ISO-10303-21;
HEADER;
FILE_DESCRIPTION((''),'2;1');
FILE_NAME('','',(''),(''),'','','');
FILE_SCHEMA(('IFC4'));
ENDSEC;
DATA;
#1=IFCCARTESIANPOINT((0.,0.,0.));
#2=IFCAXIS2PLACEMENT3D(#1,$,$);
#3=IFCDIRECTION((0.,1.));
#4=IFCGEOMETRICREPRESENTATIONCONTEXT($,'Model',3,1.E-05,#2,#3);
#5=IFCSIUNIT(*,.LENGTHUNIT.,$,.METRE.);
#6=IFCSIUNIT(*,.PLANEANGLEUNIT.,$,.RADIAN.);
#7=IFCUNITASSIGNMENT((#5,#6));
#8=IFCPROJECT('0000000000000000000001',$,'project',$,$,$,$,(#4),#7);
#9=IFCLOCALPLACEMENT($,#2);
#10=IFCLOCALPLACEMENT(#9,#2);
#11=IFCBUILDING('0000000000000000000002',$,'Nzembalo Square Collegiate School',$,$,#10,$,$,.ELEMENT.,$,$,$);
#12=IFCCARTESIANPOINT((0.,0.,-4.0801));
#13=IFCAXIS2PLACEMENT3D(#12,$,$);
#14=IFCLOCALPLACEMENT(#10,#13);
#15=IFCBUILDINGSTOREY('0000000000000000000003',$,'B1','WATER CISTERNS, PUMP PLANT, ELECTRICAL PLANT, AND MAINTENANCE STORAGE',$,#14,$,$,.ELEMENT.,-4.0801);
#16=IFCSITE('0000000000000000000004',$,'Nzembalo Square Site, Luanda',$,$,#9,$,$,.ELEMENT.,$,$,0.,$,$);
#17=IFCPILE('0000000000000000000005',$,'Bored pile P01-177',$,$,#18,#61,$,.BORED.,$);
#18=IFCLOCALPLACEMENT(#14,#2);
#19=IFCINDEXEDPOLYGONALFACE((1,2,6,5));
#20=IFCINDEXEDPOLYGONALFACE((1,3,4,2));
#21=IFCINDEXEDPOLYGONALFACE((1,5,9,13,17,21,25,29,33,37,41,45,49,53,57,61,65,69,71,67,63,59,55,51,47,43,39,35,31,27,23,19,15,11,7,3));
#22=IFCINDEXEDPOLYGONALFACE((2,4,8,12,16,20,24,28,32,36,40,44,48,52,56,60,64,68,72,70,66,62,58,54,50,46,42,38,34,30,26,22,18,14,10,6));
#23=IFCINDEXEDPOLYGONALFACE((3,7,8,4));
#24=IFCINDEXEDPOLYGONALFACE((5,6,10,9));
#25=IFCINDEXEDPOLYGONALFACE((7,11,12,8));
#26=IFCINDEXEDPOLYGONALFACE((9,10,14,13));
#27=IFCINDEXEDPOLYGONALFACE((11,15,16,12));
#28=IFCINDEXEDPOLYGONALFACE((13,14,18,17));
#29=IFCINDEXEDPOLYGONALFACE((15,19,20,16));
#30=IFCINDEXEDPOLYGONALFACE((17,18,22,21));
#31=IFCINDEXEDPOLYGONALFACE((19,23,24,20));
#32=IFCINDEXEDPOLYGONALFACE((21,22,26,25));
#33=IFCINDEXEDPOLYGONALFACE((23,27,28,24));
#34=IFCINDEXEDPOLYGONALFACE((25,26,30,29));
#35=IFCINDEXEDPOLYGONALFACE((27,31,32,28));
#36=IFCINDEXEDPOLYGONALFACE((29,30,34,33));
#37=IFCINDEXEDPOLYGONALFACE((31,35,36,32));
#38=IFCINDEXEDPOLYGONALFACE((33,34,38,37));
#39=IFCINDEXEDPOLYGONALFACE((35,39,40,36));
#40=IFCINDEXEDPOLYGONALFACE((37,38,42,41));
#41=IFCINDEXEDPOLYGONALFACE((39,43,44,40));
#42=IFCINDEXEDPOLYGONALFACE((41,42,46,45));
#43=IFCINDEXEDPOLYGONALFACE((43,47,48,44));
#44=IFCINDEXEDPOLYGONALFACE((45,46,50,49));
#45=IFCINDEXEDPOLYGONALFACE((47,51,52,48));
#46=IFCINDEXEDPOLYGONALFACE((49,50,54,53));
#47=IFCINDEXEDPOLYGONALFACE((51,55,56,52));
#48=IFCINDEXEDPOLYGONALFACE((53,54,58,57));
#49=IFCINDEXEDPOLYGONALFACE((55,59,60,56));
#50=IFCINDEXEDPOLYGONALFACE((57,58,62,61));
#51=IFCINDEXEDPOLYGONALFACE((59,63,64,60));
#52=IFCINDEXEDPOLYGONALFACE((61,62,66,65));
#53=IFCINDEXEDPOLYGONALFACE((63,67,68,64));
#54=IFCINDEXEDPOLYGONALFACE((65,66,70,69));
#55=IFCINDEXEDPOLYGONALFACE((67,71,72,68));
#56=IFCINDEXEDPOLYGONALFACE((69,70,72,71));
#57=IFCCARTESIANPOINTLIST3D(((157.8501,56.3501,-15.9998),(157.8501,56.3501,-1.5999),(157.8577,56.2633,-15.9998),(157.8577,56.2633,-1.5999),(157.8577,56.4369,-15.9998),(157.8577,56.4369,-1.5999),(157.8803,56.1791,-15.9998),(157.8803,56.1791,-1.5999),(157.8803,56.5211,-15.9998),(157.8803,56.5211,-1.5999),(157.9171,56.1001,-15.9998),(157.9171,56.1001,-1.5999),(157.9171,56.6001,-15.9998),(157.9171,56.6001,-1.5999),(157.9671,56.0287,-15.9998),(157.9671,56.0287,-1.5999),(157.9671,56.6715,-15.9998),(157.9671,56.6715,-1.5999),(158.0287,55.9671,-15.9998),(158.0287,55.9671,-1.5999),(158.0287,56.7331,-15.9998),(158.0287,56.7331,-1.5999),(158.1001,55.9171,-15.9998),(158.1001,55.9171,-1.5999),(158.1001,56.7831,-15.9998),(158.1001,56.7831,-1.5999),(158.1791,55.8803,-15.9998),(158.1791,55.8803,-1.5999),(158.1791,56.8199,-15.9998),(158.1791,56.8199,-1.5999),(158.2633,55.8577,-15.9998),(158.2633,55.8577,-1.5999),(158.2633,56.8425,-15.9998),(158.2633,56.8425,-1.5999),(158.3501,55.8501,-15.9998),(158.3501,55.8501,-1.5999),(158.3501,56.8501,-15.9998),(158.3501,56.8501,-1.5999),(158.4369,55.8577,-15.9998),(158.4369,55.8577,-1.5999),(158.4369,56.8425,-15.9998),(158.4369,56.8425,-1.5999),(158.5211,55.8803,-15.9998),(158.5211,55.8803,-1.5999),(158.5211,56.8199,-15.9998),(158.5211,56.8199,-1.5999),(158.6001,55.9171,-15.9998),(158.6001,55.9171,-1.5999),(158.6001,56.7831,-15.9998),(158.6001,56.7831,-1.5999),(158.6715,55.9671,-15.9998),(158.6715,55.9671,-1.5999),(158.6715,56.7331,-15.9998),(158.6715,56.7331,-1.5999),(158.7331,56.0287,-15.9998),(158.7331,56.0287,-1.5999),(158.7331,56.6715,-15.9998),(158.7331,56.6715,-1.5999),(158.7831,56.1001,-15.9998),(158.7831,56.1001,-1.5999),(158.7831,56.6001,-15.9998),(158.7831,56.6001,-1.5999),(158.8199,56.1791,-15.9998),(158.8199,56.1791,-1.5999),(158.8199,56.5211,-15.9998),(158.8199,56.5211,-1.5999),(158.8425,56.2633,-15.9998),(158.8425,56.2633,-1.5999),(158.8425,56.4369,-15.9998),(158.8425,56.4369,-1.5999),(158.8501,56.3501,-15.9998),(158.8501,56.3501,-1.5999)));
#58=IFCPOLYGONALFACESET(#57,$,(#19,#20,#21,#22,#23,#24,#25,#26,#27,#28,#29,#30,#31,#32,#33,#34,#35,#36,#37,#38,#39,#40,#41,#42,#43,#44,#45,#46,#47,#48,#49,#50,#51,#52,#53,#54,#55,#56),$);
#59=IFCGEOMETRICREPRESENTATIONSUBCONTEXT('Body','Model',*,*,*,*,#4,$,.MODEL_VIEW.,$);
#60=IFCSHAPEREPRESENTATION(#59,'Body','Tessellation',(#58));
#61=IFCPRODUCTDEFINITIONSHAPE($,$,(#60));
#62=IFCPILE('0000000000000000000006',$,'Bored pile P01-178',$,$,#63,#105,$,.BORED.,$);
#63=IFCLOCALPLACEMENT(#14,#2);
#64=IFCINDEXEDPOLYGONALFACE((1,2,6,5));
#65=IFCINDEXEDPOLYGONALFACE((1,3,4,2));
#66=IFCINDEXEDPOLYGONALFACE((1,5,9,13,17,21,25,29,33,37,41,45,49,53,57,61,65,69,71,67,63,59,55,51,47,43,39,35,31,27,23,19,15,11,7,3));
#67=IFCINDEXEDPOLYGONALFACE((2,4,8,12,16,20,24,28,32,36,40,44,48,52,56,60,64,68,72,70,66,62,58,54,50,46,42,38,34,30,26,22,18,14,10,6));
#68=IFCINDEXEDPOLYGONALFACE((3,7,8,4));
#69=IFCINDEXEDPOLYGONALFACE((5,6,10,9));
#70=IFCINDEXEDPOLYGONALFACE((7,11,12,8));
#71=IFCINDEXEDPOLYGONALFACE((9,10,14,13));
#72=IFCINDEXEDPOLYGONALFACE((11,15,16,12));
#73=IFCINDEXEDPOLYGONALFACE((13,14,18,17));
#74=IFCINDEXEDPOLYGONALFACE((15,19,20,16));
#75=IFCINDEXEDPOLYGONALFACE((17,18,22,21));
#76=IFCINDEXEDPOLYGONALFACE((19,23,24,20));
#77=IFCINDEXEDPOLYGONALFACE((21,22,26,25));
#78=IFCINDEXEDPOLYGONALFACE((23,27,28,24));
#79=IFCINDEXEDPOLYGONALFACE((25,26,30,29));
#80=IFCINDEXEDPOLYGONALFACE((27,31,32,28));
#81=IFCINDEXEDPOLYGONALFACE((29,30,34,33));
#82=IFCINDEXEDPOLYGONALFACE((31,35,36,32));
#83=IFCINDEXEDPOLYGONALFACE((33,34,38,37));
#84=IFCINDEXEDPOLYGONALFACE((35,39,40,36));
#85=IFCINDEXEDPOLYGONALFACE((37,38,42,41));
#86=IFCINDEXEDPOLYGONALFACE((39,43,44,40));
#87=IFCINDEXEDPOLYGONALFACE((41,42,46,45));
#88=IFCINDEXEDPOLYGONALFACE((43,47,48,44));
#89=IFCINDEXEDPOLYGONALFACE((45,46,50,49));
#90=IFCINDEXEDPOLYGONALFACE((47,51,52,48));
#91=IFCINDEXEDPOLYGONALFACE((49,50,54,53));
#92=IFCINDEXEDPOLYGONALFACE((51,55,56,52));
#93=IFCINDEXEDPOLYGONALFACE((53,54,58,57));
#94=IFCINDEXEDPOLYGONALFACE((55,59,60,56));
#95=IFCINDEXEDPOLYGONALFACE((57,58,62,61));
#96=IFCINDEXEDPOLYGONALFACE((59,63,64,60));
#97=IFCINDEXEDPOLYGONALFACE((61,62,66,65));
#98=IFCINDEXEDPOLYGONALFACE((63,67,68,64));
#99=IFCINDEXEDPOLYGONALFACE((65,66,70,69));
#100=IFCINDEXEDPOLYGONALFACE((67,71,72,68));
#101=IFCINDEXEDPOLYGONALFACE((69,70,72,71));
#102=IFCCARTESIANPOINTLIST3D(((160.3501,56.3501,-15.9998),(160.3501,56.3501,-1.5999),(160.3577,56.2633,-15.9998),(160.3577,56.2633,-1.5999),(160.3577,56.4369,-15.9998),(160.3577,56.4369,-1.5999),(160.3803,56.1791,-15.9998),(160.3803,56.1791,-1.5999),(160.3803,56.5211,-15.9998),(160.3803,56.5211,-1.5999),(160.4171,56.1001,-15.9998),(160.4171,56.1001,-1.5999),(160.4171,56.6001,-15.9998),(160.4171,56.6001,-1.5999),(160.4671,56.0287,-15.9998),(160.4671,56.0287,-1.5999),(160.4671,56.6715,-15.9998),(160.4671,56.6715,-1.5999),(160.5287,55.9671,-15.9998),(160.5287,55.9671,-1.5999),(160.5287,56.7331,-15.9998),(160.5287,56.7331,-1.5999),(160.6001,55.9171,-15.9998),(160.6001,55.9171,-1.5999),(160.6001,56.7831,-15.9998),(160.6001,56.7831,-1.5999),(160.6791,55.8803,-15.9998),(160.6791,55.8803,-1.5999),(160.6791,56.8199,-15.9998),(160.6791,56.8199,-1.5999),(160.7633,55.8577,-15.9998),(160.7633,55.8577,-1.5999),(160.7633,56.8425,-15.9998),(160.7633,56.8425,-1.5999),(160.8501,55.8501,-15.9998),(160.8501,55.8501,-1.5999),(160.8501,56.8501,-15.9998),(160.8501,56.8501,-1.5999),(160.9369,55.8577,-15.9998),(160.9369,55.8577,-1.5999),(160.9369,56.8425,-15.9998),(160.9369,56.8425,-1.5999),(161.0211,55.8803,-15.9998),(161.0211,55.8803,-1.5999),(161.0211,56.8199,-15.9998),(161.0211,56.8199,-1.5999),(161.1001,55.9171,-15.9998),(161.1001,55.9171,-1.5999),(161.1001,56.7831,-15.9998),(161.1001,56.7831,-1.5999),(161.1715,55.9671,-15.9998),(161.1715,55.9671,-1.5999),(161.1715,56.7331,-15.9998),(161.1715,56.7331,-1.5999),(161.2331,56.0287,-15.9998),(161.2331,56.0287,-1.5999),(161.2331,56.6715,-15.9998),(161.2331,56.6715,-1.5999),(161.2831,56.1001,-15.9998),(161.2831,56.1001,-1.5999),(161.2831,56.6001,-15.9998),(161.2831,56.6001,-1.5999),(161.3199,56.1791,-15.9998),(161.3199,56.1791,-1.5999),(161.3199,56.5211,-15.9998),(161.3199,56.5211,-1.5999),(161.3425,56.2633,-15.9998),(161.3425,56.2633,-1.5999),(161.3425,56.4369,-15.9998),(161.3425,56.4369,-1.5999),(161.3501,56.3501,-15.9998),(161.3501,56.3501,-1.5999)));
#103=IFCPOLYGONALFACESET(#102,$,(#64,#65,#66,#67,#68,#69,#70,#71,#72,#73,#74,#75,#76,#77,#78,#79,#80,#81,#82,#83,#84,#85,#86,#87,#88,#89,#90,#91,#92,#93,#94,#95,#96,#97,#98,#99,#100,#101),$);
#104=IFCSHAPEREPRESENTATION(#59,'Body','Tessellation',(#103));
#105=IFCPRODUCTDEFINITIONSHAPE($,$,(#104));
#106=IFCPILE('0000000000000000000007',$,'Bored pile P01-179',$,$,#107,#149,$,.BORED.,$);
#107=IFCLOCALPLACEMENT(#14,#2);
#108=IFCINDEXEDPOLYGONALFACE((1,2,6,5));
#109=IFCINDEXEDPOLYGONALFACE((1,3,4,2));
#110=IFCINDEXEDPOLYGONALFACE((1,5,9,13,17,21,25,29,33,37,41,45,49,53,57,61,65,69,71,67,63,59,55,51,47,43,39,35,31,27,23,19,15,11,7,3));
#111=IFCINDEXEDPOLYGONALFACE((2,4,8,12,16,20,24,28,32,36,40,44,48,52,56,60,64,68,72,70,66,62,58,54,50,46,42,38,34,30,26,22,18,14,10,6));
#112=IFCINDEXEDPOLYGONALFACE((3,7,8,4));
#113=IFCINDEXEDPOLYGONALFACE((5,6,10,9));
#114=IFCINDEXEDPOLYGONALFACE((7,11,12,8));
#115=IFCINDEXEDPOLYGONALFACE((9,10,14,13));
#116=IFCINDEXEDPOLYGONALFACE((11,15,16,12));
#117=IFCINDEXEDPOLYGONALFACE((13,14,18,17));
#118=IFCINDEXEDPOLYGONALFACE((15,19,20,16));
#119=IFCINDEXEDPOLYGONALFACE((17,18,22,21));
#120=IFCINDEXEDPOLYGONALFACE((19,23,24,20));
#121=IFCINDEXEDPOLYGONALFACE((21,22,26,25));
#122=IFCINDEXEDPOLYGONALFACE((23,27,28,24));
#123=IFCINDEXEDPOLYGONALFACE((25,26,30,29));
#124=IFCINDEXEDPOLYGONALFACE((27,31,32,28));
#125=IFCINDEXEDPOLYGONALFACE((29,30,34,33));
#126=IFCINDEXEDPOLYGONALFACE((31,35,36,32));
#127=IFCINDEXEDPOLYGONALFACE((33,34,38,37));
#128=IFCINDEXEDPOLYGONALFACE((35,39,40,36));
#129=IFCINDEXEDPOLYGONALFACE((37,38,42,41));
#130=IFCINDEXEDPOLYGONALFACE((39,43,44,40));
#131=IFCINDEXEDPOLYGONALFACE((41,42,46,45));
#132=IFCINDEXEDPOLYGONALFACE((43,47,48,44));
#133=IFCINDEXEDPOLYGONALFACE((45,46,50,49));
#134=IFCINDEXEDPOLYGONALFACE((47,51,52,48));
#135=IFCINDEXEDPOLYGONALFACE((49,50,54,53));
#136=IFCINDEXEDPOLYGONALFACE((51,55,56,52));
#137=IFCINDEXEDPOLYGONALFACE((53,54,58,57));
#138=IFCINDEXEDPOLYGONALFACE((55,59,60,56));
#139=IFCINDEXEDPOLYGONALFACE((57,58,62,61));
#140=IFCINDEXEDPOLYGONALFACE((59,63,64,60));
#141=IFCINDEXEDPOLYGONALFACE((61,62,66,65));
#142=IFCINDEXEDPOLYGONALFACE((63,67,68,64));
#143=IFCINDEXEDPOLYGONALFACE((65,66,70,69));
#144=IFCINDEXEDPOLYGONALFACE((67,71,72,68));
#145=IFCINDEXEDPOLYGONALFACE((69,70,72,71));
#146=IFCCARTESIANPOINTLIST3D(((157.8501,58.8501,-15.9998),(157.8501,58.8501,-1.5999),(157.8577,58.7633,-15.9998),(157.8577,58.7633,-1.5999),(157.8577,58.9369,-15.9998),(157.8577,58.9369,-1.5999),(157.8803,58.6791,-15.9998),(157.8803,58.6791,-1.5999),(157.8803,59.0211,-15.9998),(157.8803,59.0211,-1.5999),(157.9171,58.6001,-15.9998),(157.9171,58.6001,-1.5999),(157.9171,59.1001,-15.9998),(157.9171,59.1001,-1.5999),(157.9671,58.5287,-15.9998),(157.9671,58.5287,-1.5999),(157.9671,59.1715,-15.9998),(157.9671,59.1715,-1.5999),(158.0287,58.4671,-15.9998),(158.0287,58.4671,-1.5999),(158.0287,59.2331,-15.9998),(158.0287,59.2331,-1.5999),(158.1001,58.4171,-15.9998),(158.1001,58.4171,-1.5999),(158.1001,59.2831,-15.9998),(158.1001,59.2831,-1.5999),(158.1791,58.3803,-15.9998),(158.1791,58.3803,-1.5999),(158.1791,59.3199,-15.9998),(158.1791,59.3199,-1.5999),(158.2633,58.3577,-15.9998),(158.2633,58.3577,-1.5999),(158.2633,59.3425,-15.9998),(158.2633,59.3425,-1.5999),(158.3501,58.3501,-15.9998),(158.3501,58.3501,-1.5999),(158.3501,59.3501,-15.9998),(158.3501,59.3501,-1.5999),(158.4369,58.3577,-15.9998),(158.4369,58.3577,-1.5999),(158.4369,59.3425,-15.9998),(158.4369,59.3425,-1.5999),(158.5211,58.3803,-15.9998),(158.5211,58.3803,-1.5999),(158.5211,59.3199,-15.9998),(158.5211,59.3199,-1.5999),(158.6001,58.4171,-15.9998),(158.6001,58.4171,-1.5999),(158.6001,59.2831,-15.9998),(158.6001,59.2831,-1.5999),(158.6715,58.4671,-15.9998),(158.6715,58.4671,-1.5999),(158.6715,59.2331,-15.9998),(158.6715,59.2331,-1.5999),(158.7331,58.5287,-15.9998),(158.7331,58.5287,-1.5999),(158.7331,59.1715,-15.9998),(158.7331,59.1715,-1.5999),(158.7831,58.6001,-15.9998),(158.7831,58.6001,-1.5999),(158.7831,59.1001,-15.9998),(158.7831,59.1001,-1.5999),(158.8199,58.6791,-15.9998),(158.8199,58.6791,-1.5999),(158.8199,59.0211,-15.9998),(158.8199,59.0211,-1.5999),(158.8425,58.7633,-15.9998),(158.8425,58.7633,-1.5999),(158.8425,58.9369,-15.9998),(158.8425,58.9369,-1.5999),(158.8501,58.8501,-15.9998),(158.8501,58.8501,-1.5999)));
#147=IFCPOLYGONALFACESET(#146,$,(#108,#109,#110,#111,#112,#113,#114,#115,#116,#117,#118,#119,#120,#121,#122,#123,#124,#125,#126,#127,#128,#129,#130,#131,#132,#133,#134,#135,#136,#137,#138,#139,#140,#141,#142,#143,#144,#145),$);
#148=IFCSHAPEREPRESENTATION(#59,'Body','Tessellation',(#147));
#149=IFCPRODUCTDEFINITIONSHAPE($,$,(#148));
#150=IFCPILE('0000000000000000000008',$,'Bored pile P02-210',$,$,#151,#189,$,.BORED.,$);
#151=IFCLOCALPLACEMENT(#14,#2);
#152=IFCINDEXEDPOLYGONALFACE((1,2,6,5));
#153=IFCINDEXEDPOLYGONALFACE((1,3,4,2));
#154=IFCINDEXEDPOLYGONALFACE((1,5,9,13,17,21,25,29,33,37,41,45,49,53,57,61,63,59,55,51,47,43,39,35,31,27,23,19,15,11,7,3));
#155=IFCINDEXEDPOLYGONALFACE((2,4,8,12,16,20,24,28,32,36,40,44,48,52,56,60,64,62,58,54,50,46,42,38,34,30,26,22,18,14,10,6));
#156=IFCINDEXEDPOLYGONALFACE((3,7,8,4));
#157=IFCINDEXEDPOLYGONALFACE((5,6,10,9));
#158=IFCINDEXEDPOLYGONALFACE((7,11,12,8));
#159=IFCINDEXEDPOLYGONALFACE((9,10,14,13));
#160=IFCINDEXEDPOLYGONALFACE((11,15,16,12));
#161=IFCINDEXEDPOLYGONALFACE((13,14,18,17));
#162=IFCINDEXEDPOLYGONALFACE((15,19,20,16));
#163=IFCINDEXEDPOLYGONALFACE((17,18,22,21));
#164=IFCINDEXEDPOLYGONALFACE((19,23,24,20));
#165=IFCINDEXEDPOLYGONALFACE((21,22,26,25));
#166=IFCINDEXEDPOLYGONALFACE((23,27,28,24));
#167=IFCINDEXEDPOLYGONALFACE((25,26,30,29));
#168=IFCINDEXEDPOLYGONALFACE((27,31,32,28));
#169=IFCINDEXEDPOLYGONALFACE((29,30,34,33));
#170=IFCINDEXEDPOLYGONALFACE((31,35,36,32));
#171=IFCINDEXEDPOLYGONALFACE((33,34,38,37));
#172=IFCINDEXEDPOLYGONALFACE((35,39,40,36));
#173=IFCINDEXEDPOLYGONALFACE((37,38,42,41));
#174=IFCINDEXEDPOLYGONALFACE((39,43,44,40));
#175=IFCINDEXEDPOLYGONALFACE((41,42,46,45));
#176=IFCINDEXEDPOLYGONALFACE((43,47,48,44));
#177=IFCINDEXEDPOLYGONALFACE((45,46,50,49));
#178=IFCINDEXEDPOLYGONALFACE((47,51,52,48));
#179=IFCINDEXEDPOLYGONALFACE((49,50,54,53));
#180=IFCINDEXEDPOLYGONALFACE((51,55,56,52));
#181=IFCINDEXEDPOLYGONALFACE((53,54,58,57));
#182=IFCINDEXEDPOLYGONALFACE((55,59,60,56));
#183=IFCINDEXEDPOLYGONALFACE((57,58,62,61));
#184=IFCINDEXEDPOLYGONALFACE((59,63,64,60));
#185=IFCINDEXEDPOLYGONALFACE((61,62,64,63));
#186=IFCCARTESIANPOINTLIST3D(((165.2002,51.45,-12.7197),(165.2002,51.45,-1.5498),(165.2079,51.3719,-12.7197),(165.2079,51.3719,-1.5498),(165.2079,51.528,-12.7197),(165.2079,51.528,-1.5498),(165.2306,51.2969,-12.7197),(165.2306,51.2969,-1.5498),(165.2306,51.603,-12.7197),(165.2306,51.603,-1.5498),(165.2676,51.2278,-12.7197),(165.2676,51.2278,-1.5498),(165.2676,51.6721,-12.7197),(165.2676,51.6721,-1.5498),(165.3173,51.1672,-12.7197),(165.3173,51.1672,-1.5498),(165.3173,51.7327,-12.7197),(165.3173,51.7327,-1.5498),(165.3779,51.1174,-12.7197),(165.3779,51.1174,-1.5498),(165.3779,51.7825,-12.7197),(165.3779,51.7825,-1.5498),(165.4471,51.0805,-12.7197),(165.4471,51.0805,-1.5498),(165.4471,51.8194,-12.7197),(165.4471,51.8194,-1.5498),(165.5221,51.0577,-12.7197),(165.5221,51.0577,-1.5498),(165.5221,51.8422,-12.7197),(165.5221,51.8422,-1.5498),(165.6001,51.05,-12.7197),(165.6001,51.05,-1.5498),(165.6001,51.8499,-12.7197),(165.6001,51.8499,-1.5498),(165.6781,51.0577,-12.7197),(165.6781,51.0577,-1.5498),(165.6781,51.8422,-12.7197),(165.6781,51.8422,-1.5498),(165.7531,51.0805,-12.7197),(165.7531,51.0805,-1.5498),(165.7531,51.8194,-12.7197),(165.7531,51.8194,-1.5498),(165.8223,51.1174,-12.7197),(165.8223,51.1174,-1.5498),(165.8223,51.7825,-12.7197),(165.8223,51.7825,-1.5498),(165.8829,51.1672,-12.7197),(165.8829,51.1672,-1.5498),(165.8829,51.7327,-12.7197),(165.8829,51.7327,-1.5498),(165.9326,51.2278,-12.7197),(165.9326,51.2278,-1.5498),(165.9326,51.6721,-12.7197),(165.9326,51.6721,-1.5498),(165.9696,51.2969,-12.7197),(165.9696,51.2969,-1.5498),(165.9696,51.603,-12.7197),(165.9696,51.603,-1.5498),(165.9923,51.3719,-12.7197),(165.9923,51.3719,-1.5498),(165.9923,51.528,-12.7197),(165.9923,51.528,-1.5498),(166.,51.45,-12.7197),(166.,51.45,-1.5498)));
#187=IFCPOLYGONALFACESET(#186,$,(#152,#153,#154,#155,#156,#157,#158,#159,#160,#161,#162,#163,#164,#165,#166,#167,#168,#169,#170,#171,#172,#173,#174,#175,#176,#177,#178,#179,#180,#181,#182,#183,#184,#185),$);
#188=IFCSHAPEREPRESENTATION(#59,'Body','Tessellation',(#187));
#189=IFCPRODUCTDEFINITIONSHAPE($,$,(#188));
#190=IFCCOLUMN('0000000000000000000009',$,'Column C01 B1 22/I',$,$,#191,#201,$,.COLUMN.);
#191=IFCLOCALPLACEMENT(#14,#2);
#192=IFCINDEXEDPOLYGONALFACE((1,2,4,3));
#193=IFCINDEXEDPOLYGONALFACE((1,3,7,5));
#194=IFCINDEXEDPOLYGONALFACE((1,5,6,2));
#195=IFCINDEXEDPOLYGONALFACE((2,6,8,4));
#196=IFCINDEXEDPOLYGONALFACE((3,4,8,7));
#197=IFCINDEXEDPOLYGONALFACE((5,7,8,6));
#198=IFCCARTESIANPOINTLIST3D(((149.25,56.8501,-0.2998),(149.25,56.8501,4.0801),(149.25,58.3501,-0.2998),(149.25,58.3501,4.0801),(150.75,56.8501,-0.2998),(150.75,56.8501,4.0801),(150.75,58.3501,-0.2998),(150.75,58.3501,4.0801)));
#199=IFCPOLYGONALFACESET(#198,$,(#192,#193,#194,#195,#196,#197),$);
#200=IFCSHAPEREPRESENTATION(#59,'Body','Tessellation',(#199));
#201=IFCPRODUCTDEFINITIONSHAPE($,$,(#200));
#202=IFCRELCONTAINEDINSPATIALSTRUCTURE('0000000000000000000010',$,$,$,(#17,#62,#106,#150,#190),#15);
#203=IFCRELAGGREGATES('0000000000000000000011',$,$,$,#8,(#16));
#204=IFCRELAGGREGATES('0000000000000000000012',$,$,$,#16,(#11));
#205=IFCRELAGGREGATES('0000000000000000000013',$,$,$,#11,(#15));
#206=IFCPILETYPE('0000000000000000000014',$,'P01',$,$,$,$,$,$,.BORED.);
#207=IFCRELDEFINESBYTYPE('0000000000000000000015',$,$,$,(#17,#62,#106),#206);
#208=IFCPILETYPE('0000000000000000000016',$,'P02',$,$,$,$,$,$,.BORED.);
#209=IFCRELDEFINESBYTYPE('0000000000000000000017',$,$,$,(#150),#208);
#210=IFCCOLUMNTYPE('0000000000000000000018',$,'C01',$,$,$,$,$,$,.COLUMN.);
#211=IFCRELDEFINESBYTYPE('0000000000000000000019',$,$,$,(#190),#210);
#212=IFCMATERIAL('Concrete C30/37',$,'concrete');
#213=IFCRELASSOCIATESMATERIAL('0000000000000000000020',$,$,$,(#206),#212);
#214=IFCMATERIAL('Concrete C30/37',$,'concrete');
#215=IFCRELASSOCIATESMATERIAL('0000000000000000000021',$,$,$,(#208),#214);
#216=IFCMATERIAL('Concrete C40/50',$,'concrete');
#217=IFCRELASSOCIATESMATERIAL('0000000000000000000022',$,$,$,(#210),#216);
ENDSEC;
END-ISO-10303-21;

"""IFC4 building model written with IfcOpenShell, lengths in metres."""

from ifc_helpers import new_model, si_unit, direction, frame, origin, origin_2d, place, context, subcontext, project, spatial, rectangle, circle, extrude, material, material_profile, profile_set, type_object, element, save


model = new_model("IFC4")

# Units and contexts
model_context = context("Model", 3, precision=1e-05, world=origin(), true_north=direction((0.0, 1.0)))
body_context = subcontext(model_context, "Body", "Model", "MODEL_VIEW")
ifc_project = project(units=[si_unit("LENGTHUNIT", "METRE"), si_unit("PLANEANGLEUNIT", "RADIAN")], contexts=[model_context])

# Site, building, storey
site_placement = place(None, origin())
site = spatial("IfcSite", under=ifc_project, at=site_placement, Name="Nzembalo Square Site, Luanda", CompositionType="ELEMENT", RefElevation=0.0)
building_placement = place(site_placement, origin())
building = spatial("IfcBuilding", under=site, at=building_placement, Name="Nzembalo Square Collegiate School", CompositionType="ELEMENT")
storey_placement = place(building_placement, frame((0.0, 0.0, -4.0801)))
storey = spatial("IfcBuildingStorey", under=building, at=storey_placement, Name="B1", Description="WATER CISTERNS, PUMP PLANT, ELECTRICAL PLANT, AND MAINTENANCE STORAGE", CompositionType="ELEMENT", Elevation=-4.0801)

# Piles
ifc_material_1 = material(Name="Concrete C30/37", Category="concrete")
ifc_material_profile_1 = material_profile(ifc_material_1, circle(Radius=0.5, at=origin_2d()), Name="PILE D1000")
ifc_profile_set_1 = profile_set([ifc_material_profile_1], Name="Concrete C30/37")
pile_type_1 = type_object("IfcPileType", Name="P01", PredefinedType="BORED", material=ifc_profile_set_1)
for number, where, z_axis, x_axis, name in (
    (1, (158.3501, 56.3501, -1.5999), (0.0, 0.0, -1.0), (1.0, 0.0, 0.0), "Bored pile P01-177"),
    (2, (160.8501, 56.3501, -1.5999), (0.0, 0.0, -1.0), (1.0, 0.0, 0.0), "Bored pile P01-178"),
    (3, (158.3501, 58.8501, -1.5999), (0.0, 0.0, -1.0), (1.0, 0.0, 0.0), "Bored pile P01-179"),
):
    element("IfcPile", number, at=place(storey_placement, frame(where, z_axis=z_axis, x_axis=x_axis)), inside=storey, type_object=pile_type_1, Name=name, PredefinedType="BORED", context=body_context, shape_type="SweptSolid", body=[
        extrude(circle(Radius=0.5, at=origin_2d()), origin(), (0.0, 0.0, 1.0), 14.3999),
    ])
ifc_material_2 = material(Name="Concrete C30/37", Category="concrete")
ifc_material_profile_2 = material_profile(ifc_material_2, circle(Radius=0.3999, at=origin_2d()), Name="PILE D800")
ifc_profile_set_2 = profile_set([ifc_material_profile_2], Name="Concrete C30/37")
pile_type_2 = type_object("IfcPileType", Name="P02", PredefinedType="BORED", material=ifc_profile_set_2)
pile_placement = place(storey_placement, frame((165.6001, 51.45, -1.5498), z_axis=(0.0, 0.0, -1.0), x_axis=(1.0, 0.0, 0.0)))
element("IfcPile", 4, at=pile_placement, inside=storey, type_object=pile_type_2, Name="Bored pile P02-210", PredefinedType="BORED", context=body_context, shape_type="SweptSolid", body=[
    extrude(circle(Radius=0.3999, at=origin_2d()), origin(), (0.0, 0.0, 1.0), 11.1699),
])

# Column
ifc_material_3 = material(Name="Concrete C40/50", Category="concrete")
ifc_material_profile_3 = material_profile(ifc_material_3, rectangle(XDim=1.5, YDim=1.5, at=origin_2d()), Name="RC 1500x1500")
ifc_profile_set_3 = profile_set([ifc_material_profile_3], Name="Concrete C40/50")
column_type = type_object("IfcColumnType", Name="C01", PredefinedType="COLUMN", material=ifc_profile_set_3)
for number, where, z_axis, x_axis, name in (
    (5, (150.0, 57.6001, -0.2998), (0.0, 0.0, 1.0), (1.0, 0.0, 0.0), "Column C01 B1 22/I"),
):
    element("IfcColumn", number, at=place(storey_placement, frame(where, z_axis=z_axis, x_axis=x_axis)), inside=storey, type_object=column_type, Name=name, PredefinedType="COLUMN", context=body_context, shape_type="SweptSolid", body=[
        extrude(rectangle(XDim=1.5, YDim=1.5, at=origin_2d()), origin(), (0.0, 0.0, 1.0), 4.3799),
    ])

save(model, "model.ifc")
